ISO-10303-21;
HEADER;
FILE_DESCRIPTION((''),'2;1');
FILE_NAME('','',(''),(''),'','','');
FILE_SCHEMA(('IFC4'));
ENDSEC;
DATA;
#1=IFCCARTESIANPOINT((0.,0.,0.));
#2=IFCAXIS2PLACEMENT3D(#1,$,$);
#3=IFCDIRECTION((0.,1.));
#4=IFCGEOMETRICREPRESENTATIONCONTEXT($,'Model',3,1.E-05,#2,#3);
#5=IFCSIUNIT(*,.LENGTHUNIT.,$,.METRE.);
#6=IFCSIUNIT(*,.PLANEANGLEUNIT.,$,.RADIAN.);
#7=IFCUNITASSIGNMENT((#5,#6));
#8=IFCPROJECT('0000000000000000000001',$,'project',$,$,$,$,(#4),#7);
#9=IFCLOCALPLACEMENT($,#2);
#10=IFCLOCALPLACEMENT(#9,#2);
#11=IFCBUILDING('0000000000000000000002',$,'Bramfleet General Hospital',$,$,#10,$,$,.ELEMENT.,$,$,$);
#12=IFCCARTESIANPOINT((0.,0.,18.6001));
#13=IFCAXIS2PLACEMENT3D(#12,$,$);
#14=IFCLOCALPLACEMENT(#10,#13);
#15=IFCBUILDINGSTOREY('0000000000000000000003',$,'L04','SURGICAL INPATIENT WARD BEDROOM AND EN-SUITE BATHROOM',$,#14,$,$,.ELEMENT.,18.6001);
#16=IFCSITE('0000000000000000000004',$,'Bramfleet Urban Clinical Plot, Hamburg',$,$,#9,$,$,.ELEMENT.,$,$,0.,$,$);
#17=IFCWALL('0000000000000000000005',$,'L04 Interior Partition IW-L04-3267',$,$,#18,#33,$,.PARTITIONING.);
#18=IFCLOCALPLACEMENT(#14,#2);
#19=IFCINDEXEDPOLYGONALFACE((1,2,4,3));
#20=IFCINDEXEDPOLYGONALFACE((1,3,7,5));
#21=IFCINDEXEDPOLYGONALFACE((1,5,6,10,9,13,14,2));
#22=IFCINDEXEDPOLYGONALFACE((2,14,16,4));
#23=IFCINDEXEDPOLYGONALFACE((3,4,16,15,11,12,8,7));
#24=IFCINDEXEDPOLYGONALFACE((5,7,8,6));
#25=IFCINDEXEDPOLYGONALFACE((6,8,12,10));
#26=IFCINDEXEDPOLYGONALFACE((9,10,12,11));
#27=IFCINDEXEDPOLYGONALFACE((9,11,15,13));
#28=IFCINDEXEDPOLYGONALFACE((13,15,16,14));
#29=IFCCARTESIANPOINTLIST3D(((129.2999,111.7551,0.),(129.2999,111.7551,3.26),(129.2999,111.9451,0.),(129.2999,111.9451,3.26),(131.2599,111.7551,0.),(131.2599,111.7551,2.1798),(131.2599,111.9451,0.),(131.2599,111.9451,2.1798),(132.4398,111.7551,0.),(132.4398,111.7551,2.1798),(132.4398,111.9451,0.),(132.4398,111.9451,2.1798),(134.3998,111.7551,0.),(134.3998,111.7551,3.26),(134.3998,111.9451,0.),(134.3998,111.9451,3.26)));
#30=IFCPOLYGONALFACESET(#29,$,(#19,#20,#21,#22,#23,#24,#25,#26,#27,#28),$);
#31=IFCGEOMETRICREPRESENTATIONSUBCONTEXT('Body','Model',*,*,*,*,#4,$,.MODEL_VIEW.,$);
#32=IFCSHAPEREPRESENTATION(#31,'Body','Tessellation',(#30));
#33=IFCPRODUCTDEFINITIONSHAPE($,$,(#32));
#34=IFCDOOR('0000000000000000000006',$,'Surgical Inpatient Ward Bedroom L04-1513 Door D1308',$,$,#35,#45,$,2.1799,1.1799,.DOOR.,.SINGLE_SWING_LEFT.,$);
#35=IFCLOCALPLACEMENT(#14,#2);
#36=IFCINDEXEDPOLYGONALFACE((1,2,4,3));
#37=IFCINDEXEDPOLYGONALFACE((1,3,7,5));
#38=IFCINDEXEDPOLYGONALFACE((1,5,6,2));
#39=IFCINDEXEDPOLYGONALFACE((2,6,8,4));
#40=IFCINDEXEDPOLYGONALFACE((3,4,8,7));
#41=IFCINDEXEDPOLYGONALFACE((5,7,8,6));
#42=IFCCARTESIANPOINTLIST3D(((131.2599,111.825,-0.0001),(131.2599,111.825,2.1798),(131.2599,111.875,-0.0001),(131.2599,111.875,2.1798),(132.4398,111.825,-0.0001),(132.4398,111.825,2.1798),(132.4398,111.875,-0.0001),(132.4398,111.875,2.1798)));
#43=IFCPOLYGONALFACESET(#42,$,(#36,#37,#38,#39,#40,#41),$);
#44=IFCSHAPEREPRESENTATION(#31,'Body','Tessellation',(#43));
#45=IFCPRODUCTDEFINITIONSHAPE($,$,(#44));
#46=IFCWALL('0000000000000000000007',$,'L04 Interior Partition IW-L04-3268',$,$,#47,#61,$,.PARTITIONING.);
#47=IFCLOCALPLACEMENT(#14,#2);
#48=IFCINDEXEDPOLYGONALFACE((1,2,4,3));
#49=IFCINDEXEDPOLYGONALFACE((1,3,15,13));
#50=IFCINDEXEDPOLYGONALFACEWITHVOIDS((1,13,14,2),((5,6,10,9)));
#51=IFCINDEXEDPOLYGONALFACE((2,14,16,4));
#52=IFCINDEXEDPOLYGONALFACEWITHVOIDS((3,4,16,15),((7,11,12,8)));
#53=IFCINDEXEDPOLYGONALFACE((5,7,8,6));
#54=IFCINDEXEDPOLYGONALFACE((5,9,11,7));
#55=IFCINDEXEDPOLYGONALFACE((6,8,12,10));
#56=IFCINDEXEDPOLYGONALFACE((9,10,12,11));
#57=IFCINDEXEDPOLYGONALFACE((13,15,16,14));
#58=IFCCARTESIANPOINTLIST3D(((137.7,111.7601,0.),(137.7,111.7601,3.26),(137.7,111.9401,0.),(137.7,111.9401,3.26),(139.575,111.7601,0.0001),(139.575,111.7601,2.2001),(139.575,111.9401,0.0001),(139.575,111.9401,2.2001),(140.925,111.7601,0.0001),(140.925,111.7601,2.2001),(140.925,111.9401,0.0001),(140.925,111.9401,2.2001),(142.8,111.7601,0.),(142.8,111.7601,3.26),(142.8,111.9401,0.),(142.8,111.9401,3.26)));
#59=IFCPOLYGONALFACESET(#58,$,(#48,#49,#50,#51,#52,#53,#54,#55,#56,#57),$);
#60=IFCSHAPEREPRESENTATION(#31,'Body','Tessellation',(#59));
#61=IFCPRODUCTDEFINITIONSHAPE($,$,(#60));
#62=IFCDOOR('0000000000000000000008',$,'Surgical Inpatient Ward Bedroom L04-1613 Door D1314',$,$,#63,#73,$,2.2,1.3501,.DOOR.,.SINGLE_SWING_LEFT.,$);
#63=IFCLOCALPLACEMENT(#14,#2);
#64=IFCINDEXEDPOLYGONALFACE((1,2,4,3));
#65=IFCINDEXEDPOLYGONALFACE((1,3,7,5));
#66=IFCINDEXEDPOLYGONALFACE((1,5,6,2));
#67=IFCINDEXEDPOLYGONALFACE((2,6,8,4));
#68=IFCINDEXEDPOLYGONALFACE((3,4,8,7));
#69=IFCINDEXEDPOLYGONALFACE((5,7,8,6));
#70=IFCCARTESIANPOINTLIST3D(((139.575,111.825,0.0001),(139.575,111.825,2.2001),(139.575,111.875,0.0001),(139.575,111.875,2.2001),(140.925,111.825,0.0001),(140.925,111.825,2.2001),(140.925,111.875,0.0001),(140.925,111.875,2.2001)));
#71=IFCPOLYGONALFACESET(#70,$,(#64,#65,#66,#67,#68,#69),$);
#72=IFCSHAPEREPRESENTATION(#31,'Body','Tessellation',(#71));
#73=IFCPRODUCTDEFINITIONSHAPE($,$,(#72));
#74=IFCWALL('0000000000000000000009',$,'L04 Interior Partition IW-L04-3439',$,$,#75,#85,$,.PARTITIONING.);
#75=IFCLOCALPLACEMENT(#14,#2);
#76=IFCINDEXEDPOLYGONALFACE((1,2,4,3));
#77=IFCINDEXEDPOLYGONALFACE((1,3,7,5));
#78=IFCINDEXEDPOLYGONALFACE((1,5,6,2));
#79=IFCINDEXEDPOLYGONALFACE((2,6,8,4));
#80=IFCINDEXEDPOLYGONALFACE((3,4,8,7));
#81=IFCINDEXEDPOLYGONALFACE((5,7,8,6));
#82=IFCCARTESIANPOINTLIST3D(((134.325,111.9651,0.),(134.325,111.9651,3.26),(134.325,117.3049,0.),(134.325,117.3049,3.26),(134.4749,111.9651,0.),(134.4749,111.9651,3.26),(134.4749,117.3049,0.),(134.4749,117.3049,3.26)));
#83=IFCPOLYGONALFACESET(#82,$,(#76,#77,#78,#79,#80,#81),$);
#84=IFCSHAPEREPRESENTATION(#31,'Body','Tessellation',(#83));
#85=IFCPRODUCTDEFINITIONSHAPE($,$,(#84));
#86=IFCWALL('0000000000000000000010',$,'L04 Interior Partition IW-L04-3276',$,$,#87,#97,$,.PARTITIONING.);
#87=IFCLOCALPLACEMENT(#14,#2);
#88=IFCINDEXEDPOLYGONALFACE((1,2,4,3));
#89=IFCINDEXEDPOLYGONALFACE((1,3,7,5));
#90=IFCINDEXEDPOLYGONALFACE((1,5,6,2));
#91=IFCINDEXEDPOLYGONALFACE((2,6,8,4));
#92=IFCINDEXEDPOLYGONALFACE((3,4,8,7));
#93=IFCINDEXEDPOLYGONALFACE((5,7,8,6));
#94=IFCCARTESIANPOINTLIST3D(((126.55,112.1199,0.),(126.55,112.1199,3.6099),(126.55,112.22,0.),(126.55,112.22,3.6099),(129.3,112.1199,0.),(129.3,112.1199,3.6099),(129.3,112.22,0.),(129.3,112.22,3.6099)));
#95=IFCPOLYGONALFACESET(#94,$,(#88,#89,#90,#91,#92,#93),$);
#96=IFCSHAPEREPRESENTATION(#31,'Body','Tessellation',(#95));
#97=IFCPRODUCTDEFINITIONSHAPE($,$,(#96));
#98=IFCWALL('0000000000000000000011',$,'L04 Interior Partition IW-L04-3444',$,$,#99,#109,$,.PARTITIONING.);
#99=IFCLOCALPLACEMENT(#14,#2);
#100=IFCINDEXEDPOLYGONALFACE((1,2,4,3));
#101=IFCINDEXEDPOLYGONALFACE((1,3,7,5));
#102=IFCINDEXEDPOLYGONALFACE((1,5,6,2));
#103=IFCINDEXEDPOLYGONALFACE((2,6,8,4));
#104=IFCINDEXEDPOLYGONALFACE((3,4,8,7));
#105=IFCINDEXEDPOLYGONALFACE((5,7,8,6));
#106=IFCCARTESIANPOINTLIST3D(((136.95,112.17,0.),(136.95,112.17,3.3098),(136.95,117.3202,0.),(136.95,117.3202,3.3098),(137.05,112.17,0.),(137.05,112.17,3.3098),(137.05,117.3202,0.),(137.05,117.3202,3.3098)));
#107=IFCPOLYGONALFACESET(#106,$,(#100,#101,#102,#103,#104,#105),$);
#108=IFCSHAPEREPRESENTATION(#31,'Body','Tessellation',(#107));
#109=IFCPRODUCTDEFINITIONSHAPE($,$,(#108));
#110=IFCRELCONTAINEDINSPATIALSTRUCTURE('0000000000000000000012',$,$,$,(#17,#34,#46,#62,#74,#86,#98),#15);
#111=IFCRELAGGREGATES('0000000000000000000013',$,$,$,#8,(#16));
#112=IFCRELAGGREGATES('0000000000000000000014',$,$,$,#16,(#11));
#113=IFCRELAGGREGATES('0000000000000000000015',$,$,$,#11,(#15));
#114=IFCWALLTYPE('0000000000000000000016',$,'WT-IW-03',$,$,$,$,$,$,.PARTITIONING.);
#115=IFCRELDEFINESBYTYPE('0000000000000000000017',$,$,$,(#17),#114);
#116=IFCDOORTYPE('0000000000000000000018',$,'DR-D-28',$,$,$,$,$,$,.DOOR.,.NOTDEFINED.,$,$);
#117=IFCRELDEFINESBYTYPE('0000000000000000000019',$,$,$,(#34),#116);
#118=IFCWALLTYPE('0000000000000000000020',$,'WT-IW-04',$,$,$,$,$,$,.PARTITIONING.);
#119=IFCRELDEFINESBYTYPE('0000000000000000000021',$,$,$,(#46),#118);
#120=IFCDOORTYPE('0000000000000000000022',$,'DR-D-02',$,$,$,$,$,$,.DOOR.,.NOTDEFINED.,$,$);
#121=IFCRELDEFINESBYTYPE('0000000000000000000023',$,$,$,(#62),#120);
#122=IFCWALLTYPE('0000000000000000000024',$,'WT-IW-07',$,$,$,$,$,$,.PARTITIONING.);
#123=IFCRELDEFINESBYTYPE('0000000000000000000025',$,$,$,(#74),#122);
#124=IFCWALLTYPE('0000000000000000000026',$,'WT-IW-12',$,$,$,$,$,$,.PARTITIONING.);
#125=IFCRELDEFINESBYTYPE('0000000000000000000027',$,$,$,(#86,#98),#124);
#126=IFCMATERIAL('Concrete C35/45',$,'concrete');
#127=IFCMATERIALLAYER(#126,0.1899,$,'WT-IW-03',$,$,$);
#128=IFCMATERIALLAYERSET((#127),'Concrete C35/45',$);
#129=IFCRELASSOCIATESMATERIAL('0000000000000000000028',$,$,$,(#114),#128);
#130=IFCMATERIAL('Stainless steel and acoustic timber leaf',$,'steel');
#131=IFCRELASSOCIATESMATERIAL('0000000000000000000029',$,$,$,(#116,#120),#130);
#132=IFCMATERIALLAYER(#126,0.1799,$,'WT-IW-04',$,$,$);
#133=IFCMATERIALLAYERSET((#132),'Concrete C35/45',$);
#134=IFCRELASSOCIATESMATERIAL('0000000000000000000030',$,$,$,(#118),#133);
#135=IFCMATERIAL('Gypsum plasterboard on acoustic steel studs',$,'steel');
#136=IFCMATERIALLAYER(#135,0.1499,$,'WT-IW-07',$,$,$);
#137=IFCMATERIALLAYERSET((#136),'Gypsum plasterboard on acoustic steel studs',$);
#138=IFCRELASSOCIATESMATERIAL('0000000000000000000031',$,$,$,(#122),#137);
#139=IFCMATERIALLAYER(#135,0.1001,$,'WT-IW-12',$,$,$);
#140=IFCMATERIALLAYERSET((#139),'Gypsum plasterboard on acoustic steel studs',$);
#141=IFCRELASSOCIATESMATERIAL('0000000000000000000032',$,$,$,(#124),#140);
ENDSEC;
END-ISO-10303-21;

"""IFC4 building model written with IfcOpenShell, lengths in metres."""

from ifc_helpers import new_model, si_unit, direction, frame, frame_2d, origin, place, context, subcontext, project, spatial, rectangle, extrude, material, layer, layer_set, type_object, element, fill, save


model = new_model("IFC4")

# Units and contexts
model_context = context("Model", 3, precision=1e-05, world=origin(), true_north=direction((0.0, 1.0)))
body_context = subcontext(model_context, "Body", "Model", "MODEL_VIEW")
ifc_project = project(units=[si_unit("LENGTHUNIT", "METRE"), si_unit("PLANEANGLEUNIT", "RADIAN")], contexts=[model_context])

# Site, building, storey
site_placement = place(None, origin())
site = spatial("IfcSite", under=ifc_project, at=site_placement, Name="Bramfleet Urban Clinical Plot, Hamburg", CompositionType="ELEMENT", RefElevation=0.0)
building_placement = place(site_placement, origin())
building = spatial("IfcBuilding", under=site, at=building_placement, Name="Bramfleet General Hospital", CompositionType="ELEMENT")
storey_placement = place(building_placement, frame((0.0, 0.0, 18.6001)))
storey = spatial("IfcBuildingStorey", under=building, at=storey_placement, Name="L04", Description="SURGICAL INPATIENT WARD BEDROOM AND EN-SUITE BATHROOM", CompositionType="ELEMENT", Elevation=18.6001)

# Walls, openings, doors
ifc_material_1 = material(Name="Concrete C35/45", Category="concrete")
ifc_material_2 = material(Name="Stainless steel and acoustic timber leaf", Category="steel")
ifc_layer_1 = layer(ifc_material_1, 0.1899, Name="WT-IW-03")
ifc_layer_set_1 = layer_set([ifc_layer_1], Name="Concrete C35/45")
wall_type_1 = type_object("IfcWallType", Name="WT-IW-03", PredefinedType="PARTITIONING", material=ifc_layer_set_1)
wall_1_placement = place(storey_placement, frame((129.3, 111.8501, 0.0), z_axis=(0.0, 0.0, 1.0), x_axis=(1.0, 0.0, 0.0)))
wall_1 = element("IfcWall", 1, at=wall_1_placement, inside=storey, type_object=wall_type_1, Name="L04 Interior Partition IW-L04-3267", PredefinedType="PARTITIONING", context=body_context, shape_type="SweptSolid", body=[
    extrude(rectangle(XDim=5.0999, YDim=0.1899, at=frame_2d((2.5498, 0.0))), origin(), (0.0, 0.0, 1.0), 3.26),
])
opening_1_placement = place(wall_1_placement, frame((1.96, 0.0, 0.0)))
opening_1 = element("IfcOpeningElement", 2, at=opening_1_placement, cuts=wall_1, PredefinedType="OPENING", context=body_context, shape_type="SweptSolid", body=[
    extrude(rectangle(XDim=1.1799, YDim=2.1799, at=frame_2d((0.5898, 1.0898))), frame((0.0, 0.105, 0.0), z_axis=(0.0, -1.0, 0.0), x_axis=(1.0, 0.0, 0.0)), (0.0, 0.0, 1.0), 0.21),
])
door_type_1 = type_object("IfcDoorType", Name="DR-D-28", OperationType="NOTDEFINED", PredefinedType="DOOR", material=ifc_material_2)
door_1_placement = place(opening_1_placement, origin())
door_1 = element("IfcDoor", 3, at=door_1_placement, inside=storey, type_object=door_type_1, Name="Surgical Inpatient Ward Bedroom L04-1513 Door D1308", OperationType="SINGLE_SWING_LEFT", OverallHeight=2.1799, OverallWidth=1.1799, PredefinedType="DOOR", context=body_context, shape_type="SweptSolid", body=[
    extrude(rectangle(XDim=1.1799, YDim=2.1799, at=frame_2d((0.5898, 1.0898))), frame((0.0, 0.0249, 0.0), z_axis=(0.0, -1.0, 0.0), x_axis=(1.0, 0.0, 0.0)), (0.0, 0.0, 1.0), 0.05),
])
fill(opening_1, door_1)
ifc_layer_2 = layer(ifc_material_1, 0.1799, Name="WT-IW-04")
ifc_layer_set_2 = layer_set([ifc_layer_2], Name="Concrete C35/45")
wall_type_2 = type_object("IfcWallType", Name="WT-IW-04", PredefinedType="PARTITIONING", material=ifc_layer_set_2)
wall_2_placement = place(storey_placement, frame((137.7, 111.8501, 0.0), z_axis=(0.0, 0.0, 1.0), x_axis=(1.0, 0.0, 0.0)))
wall_2 = element("IfcWall", 4, at=wall_2_placement, inside=storey, type_object=wall_type_2, Name="L04 Interior Partition IW-L04-3268", PredefinedType="PARTITIONING", context=body_context, shape_type="SweptSolid", body=[
    extrude(rectangle(XDim=5.1001, YDim=0.1799, at=frame_2d((2.55, 0.0))), origin(), (0.0, 0.0, 1.0), 3.26),
])
opening_2_placement = place(wall_2_placement, frame((1.875, 0.0, 0.0)))
opening_2 = element("IfcOpeningElement", 5, at=opening_2_placement, cuts=wall_2, PredefinedType="OPENING", context=body_context, shape_type="SweptSolid", body=[
    extrude(rectangle(XDim=1.3501, YDim=2.2, at=frame_2d((0.675, 1.1001))), frame((0.0, 0.0999, 0.0), z_axis=(0.0, -1.0, 0.0), x_axis=(1.0, 0.0, 0.0)), (0.0, 0.0, 1.0), 0.2),
])
door_type_2 = type_object("IfcDoorType", Name="DR-D-02", OperationType="NOTDEFINED", PredefinedType="DOOR", material=ifc_material_2)
door_2_placement = place(opening_2_placement, origin())
door_2 = element("IfcDoor", 6, at=door_2_placement, inside=storey, type_object=door_type_2, Name="Surgical Inpatient Ward Bedroom L04-1613 Door D1314", OperationType="SINGLE_SWING_LEFT", OverallHeight=2.2, OverallWidth=1.3501, PredefinedType="DOOR", context=body_context, shape_type="SweptSolid", body=[
    extrude(rectangle(XDim=1.3501, YDim=2.2, at=frame_2d((0.675, 1.1001))), frame((0.0, 0.0249, 0.0), z_axis=(0.0, -1.0, 0.0), x_axis=(1.0, 0.0, 0.0)), (0.0, 0.0, 1.0), 0.05),
])
fill(opening_2, door_2)

# Walls
ifc_material_3 = material(Name="Gypsum plasterboard on acoustic steel studs", Category="steel")
ifc_layer_3 = layer(ifc_material_3, 0.1499, Name="WT-IW-07")
ifc_layer_set_3 = layer_set([ifc_layer_3], Name="Gypsum plasterboard on acoustic steel studs")
wall_type_3 = type_object("IfcWallType", Name="WT-IW-07", PredefinedType="PARTITIONING", material=ifc_layer_set_3)
wall_3_placement = place(storey_placement, frame((134.3999, 111.9651, 0.0), z_axis=(0.0, 0.0, 1.0), x_axis=(0.0, 1.0, 0.0)))
element("IfcWall", 7, at=wall_3_placement, inside=storey, type_object=wall_type_3, Name="L04 Interior Partition IW-L04-3439", PredefinedType="PARTITIONING", context=body_context, shape_type="SweptSolid", body=[
    extrude(rectangle(XDim=5.3398, YDim=0.1499, at=frame_2d((2.6699, 0.0))), origin(), (0.0, 0.0, 1.0), 3.26),
])
ifc_layer_4 = layer(ifc_material_3, 0.1001, Name="WT-IW-12")
ifc_layer_set_4 = layer_set([ifc_layer_4], Name="Gypsum plasterboard on acoustic steel studs")
wall_type_4 = type_object("IfcWallType", Name="WT-IW-12", PredefinedType="PARTITIONING", material=ifc_layer_set_4)
wall_4_placement = place(storey_placement, frame((126.55, 112.1699, 0.0), z_axis=(0.0, 0.0, 1.0), x_axis=(1.0, 0.0, 0.0)))
element("IfcWall", 8, at=wall_4_placement, inside=storey, type_object=wall_type_4, Name="L04 Interior Partition IW-L04-3276", PredefinedType="PARTITIONING", context=body_context, shape_type="SweptSolid", body=[
    extrude(rectangle(XDim=2.75, YDim=0.1001, at=frame_2d((1.375, 0.0))), origin(), (0.0, 0.0, 1.0), 3.6099),
])
wall_5_placement = place(storey_placement, frame((137.0, 112.1699, 0.0), z_axis=(0.0, 0.0, 1.0), x_axis=(0.0, 1.0, 0.0)))
element("IfcWall", 9, at=wall_5_placement, inside=storey, type_object=wall_type_4, Name="L04 Interior Partition IW-L04-3444", PredefinedType="PARTITIONING", context=body_context, shape_type="SweptSolid", body=[
    extrude(rectangle(XDim=5.1501, YDim=0.1001, at=frame_2d((2.5752, 0.0))), origin(), (0.0, 0.0, 1.0), 3.3098),
])

save(model, "model.ifc")
